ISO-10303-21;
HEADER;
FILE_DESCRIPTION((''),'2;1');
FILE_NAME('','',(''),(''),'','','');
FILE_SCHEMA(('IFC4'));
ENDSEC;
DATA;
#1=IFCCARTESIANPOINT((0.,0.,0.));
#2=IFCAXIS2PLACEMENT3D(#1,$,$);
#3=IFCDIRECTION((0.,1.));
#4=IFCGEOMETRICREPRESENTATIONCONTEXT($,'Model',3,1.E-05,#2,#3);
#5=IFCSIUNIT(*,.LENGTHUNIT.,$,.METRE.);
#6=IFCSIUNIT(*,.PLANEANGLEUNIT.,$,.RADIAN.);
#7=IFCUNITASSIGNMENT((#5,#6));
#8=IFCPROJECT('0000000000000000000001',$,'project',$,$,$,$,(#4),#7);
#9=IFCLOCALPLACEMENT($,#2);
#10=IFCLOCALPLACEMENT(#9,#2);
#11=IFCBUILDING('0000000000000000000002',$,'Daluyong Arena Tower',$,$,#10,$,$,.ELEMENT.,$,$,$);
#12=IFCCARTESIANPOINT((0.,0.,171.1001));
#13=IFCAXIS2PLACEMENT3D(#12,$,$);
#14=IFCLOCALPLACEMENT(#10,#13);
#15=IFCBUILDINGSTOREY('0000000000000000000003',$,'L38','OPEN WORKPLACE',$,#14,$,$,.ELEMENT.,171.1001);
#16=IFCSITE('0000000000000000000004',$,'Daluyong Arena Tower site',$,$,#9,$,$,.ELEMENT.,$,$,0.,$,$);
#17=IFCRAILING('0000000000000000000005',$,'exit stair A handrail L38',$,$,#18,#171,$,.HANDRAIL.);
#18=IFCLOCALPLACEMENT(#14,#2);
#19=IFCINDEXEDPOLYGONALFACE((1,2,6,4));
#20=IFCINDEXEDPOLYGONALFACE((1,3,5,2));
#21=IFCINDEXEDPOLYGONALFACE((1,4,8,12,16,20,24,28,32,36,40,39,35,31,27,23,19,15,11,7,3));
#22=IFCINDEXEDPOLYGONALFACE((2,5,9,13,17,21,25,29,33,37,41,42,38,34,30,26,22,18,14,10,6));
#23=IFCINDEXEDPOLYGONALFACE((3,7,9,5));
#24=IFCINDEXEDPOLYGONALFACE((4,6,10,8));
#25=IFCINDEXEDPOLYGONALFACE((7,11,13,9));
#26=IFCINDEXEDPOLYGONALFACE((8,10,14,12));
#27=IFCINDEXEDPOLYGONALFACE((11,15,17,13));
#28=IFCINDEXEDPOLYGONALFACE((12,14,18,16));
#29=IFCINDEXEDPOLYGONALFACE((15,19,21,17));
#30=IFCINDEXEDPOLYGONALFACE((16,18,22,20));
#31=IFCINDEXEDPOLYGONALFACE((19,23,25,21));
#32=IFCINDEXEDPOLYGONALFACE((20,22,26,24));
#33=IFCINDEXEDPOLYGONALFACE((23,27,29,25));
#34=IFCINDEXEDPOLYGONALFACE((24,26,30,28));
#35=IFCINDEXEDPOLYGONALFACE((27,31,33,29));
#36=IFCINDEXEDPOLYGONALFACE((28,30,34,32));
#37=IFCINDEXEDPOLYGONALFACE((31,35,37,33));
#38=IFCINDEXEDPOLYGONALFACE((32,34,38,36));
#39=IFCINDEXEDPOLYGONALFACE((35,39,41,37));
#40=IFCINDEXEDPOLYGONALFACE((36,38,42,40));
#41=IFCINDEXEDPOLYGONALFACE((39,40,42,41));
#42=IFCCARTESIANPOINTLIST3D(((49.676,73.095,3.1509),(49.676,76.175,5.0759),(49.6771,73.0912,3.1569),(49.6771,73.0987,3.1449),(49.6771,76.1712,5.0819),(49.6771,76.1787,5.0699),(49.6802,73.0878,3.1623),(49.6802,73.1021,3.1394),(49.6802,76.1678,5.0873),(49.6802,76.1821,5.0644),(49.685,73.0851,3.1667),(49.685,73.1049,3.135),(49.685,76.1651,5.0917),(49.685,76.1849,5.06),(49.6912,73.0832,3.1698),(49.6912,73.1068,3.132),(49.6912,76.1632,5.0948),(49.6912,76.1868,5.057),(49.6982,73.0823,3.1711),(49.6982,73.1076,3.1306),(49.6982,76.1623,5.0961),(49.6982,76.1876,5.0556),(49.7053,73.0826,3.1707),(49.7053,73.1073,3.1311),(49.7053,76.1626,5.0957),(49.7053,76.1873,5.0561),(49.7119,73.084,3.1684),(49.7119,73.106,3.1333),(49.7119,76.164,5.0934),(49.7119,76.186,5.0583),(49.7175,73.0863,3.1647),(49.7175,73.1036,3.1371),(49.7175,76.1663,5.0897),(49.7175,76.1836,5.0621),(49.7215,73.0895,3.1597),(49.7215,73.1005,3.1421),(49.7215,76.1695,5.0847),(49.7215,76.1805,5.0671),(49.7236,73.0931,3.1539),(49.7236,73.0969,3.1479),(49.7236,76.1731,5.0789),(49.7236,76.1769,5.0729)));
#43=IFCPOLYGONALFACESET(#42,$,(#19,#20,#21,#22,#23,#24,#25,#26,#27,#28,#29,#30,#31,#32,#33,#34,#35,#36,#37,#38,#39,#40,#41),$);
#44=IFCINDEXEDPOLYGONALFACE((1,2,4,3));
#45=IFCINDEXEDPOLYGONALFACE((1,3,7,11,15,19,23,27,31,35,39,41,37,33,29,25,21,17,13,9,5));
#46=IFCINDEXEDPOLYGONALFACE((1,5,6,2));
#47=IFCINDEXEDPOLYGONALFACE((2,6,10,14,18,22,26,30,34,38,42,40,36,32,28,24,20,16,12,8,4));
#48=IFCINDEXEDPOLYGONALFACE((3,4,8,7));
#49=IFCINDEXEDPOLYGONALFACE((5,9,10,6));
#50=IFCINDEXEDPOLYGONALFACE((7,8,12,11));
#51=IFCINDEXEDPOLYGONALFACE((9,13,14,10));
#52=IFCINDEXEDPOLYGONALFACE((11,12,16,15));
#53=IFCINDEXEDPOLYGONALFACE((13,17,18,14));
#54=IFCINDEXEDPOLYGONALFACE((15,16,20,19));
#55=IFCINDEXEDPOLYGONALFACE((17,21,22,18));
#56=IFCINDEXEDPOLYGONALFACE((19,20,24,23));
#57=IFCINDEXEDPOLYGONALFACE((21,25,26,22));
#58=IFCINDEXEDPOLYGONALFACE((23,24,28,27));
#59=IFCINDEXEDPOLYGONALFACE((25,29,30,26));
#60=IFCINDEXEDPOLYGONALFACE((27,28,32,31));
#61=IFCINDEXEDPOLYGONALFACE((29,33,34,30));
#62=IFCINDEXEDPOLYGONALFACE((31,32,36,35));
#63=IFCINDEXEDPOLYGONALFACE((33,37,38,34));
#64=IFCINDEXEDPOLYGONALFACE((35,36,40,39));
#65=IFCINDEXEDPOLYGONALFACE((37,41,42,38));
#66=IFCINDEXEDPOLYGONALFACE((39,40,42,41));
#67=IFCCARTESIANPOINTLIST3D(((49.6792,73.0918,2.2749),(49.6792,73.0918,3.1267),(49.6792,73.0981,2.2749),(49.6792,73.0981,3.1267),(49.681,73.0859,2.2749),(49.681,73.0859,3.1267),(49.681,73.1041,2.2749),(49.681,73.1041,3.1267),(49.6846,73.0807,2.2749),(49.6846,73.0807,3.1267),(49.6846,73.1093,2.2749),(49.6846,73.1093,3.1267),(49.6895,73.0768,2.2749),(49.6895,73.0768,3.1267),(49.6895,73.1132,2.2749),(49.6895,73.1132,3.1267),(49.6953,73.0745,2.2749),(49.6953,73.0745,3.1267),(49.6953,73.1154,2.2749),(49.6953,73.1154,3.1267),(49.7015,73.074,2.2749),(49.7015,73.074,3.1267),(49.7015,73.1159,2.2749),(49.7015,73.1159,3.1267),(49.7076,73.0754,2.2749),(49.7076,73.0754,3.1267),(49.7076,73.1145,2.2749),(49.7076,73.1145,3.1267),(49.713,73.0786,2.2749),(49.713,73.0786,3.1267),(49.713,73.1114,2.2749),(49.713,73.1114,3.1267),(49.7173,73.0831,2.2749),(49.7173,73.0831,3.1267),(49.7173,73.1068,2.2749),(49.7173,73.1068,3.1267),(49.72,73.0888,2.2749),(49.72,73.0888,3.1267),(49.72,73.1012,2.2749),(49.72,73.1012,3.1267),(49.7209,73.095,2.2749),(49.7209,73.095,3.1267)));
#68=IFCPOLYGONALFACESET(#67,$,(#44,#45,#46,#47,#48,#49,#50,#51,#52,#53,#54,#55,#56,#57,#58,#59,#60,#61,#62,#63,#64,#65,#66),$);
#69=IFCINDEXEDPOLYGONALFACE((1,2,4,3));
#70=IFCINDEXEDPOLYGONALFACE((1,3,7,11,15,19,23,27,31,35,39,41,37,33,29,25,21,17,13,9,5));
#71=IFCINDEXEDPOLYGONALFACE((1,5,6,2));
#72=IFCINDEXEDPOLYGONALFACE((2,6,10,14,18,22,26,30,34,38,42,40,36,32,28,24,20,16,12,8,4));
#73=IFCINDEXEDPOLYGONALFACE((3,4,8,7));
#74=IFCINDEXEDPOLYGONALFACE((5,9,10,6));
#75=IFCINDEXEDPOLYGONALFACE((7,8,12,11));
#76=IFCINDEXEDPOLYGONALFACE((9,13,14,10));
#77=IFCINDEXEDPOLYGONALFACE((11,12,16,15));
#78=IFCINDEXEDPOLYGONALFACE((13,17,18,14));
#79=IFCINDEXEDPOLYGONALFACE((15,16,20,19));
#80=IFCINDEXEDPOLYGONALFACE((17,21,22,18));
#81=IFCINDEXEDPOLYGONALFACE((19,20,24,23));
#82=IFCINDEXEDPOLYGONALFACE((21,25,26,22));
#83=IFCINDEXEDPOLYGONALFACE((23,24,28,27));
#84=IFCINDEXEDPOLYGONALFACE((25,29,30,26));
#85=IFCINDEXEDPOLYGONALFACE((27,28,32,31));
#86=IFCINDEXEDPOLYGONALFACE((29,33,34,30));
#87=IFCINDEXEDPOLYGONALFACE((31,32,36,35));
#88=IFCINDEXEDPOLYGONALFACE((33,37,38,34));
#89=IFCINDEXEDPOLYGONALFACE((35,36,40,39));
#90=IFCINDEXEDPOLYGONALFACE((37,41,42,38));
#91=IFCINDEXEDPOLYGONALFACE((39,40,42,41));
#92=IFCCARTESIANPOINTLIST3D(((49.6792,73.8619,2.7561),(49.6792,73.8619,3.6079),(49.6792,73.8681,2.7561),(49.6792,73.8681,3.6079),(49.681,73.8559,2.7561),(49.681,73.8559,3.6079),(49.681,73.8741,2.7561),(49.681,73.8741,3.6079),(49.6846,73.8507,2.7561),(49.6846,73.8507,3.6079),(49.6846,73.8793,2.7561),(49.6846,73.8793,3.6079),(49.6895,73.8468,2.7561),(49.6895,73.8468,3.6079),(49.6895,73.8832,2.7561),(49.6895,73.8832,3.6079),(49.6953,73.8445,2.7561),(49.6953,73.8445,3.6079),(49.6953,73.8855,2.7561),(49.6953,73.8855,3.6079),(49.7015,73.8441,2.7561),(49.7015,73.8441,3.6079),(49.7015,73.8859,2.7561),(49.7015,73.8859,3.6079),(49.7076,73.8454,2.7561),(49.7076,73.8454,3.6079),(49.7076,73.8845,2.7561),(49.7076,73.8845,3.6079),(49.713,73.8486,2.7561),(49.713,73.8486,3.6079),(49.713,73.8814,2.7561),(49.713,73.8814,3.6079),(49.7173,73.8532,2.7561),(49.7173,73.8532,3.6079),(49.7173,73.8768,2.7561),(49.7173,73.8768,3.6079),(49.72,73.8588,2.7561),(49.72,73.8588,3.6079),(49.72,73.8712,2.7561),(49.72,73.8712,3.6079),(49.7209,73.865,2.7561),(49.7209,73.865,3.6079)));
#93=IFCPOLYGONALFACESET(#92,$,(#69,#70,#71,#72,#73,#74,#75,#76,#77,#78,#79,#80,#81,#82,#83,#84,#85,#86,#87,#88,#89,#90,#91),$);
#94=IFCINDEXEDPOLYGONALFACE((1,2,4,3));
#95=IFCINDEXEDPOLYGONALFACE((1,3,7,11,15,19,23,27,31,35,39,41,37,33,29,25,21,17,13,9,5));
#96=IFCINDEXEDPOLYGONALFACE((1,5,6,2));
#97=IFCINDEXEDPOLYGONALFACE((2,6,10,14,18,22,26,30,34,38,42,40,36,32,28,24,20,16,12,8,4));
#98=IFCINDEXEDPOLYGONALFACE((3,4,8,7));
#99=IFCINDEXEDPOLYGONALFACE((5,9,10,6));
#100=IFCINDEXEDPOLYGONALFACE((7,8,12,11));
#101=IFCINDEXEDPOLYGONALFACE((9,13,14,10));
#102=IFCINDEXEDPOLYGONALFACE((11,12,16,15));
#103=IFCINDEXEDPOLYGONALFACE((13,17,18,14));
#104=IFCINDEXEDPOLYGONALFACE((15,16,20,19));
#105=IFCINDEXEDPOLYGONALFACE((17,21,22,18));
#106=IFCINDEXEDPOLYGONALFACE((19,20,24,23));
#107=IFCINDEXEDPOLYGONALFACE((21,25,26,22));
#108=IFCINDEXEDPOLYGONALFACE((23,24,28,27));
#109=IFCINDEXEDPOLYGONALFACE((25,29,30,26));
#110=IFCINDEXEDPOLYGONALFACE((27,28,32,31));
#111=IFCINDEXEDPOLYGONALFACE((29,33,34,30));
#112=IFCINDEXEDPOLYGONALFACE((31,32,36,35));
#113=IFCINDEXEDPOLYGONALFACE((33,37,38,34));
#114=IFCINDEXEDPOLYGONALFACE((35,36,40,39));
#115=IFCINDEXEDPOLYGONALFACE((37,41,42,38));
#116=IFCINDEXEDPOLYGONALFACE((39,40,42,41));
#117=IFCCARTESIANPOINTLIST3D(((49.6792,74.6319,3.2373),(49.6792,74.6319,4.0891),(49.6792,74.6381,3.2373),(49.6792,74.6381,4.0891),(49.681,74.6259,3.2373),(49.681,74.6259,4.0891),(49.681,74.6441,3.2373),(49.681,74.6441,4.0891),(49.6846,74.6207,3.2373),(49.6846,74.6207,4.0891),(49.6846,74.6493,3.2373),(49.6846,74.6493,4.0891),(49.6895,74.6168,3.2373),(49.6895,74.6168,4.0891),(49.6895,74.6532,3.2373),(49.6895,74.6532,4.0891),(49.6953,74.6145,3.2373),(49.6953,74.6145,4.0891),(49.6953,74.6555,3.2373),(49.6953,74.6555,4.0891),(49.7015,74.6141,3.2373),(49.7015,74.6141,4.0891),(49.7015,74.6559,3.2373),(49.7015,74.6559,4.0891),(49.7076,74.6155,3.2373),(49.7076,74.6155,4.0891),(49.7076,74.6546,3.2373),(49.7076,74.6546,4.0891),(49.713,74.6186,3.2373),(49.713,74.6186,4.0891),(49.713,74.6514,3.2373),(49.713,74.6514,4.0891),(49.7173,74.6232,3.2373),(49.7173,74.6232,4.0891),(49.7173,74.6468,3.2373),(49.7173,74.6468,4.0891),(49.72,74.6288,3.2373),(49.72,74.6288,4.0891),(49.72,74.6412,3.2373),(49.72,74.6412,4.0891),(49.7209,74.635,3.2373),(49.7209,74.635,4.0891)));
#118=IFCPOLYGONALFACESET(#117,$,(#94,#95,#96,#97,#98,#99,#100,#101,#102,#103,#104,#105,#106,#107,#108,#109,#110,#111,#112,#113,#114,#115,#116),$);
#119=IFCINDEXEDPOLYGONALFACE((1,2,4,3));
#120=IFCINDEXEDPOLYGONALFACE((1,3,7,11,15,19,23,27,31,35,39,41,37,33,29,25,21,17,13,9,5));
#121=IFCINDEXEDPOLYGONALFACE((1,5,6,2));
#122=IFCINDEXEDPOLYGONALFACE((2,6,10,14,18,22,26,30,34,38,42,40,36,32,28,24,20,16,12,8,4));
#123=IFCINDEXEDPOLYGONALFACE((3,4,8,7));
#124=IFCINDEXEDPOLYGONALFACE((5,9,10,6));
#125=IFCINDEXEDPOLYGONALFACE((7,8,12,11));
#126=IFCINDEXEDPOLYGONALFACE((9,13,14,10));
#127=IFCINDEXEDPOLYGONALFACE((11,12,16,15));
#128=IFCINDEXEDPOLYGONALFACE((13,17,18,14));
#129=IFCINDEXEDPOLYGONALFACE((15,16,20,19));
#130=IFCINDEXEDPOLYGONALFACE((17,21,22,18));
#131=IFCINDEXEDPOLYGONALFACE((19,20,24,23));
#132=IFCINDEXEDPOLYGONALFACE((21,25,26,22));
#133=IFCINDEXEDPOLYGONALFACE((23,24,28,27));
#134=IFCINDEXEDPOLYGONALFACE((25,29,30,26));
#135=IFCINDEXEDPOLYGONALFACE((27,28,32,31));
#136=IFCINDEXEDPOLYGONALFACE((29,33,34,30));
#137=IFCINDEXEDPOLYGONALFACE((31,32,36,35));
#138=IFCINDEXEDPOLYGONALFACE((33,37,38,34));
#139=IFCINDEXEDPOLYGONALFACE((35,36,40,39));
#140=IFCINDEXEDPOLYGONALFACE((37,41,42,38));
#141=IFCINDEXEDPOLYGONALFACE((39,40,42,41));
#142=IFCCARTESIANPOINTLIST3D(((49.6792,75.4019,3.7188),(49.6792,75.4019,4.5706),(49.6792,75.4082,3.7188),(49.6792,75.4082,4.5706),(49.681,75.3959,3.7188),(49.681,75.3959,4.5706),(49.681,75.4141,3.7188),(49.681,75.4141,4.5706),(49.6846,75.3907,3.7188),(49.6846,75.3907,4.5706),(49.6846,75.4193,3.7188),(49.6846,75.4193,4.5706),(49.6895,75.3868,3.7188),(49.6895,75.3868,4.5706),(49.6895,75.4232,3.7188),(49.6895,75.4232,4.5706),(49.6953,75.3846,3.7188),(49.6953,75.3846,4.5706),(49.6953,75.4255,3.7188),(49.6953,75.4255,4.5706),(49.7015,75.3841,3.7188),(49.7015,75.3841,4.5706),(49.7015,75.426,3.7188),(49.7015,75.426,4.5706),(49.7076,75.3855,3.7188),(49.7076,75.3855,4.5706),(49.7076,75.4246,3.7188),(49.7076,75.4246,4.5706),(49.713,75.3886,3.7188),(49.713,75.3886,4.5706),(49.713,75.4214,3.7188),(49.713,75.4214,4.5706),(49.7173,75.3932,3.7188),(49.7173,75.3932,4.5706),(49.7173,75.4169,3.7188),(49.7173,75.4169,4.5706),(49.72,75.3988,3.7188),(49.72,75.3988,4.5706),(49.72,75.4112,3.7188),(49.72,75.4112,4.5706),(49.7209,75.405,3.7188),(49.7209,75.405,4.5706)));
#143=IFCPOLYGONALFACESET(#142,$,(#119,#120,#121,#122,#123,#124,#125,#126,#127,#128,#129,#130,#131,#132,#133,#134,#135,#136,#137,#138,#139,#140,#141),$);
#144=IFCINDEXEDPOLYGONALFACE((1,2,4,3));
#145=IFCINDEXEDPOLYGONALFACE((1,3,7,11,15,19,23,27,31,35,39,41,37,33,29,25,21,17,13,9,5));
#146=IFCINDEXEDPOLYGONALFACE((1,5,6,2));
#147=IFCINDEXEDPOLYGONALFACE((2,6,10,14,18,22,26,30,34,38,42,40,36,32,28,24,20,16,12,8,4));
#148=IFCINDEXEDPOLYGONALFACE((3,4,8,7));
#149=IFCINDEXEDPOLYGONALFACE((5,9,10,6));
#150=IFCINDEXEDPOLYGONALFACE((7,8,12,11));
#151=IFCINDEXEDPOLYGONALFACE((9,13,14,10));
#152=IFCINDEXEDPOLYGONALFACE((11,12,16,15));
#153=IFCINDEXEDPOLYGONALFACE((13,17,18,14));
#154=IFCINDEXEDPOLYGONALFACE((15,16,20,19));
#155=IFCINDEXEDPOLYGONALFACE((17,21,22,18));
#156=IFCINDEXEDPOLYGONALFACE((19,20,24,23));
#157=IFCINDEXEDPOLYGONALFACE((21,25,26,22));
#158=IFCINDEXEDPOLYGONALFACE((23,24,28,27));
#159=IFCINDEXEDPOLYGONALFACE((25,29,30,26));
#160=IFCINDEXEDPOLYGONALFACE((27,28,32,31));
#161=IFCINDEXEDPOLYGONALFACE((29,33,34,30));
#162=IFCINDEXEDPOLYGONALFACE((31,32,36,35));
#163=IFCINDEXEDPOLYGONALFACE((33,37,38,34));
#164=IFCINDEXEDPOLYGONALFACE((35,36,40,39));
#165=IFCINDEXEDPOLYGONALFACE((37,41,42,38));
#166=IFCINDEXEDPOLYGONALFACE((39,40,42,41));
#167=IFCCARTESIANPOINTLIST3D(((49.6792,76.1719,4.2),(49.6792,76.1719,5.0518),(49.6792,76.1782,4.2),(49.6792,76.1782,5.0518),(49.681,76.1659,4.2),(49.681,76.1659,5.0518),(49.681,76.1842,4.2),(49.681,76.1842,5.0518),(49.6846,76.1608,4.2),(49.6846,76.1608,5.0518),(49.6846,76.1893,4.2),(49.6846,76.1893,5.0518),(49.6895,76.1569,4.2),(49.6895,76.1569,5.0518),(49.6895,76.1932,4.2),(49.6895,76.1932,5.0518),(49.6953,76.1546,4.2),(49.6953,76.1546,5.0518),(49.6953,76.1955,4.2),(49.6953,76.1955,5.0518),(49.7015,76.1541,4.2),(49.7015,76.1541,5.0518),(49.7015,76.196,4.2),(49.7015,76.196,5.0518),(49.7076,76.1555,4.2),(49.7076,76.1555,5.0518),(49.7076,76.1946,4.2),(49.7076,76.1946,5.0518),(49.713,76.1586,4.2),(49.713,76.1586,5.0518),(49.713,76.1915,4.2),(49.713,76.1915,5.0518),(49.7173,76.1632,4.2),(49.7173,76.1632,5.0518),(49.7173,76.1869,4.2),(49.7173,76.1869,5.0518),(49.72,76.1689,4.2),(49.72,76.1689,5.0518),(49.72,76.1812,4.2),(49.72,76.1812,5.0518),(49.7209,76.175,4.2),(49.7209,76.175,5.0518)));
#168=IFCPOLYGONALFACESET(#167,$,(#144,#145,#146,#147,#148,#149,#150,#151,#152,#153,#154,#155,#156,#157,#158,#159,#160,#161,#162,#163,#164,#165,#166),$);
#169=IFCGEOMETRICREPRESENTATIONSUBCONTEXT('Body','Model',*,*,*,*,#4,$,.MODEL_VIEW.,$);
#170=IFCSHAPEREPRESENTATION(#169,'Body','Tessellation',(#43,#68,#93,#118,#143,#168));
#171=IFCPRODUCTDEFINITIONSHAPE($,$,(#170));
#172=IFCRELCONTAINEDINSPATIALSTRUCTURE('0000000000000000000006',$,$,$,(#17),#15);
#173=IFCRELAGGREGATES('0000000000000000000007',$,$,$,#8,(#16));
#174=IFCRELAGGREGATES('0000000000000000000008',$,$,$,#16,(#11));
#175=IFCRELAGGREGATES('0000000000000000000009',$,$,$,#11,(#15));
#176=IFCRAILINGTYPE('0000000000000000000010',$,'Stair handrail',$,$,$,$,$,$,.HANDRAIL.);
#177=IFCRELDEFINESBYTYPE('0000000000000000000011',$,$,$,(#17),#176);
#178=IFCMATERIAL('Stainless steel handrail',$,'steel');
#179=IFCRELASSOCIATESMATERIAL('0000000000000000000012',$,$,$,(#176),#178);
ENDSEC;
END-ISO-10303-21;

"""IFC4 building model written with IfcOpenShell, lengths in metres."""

from ifc_helpers import new_model, si_unit, direction, frame, origin, origin_2d, place, context, subcontext, project, spatial, circle, extrude, material, type_object, element, save


model = new_model("IFC4")

# Units and contexts
model_context = context("Model", 3, precision=1e-05, world=origin(), true_north=direction((0.0, 1.0)))
body_context = subcontext(model_context, "Body", "Model", "MODEL_VIEW")
ifc_project = project(units=[si_unit("LENGTHUNIT", "METRE"), si_unit("PLANEANGLEUNIT", "RADIAN")], contexts=[model_context])

# Site, building, storey
site_placement = place(None, origin())
site = spatial("IfcSite", under=ifc_project, at=site_placement, Name="Daluyong Arena Tower site", CompositionType="ELEMENT", RefElevation=0.0)
building_placement = place(site_placement, origin())
building = spatial("IfcBuilding", under=site, at=building_placement, Name="Daluyong Arena Tower", CompositionType="ELEMENT")
storey_placement = place(building_placement, frame((0.0, 0.0, 171.1001)))
storey = spatial("IfcBuildingStorey", under=building, at=storey_placement, Name="L38", Description="OPEN WORKPLACE", CompositionType="ELEMENT", Elevation=171.1001)

# Railing
ifc_material_1 = material(Name="Stainless steel handrail", Category="steel")
railing_type_1 = type_object("IfcRailingType", Name="Stair handrail", PredefinedType="HANDRAIL", material=ifc_material_1)
railing_1_placement = place(storey_placement, frame((49.7, 73.095, 2.2749)))
element("IfcRailing", 1, at=railing_1_placement, inside=storey, type_object=railing_type_1, Name="exit stair A handrail L38", PredefinedType="HANDRAIL", context=body_context, shape_type="SweptSolid", body=[
    extrude(circle(Radius=0.0239, at=origin_2d()), frame((0.0, 0.0, 0.876), z_axis=(0.0, 0.847998, 0.529999), x_axis=(-1.0, 0.0, 0.0)), (0.0, 0.0, 1.0), 3.6321),
    extrude(circle(Radius=0.021, at=origin_2d()), origin(), (0.0, 0.0, 1.0), 0.8518),
    extrude(circle(Radius=0.021, at=origin_2d()), frame((0.0, 0.77, 0.4812)), (0.0, 0.0, 1.0), 0.8518),
    extrude(circle(Radius=0.021, at=origin_2d()), frame((0.0, 1.54, 0.9624)), (0.0, 0.0, 1.0), 0.8518),
    extrude(circle(Radius=0.021, at=origin_2d()), frame((0.0, 2.3101, 1.4438)), (0.0, 0.0, 1.0), 0.8518),
    extrude(circle(Radius=0.021, at=origin_2d()), frame((0.0, 3.0801, 1.925)), (0.0, 0.0, 1.0), 0.8518),
])

save(model, "model.ifc")
